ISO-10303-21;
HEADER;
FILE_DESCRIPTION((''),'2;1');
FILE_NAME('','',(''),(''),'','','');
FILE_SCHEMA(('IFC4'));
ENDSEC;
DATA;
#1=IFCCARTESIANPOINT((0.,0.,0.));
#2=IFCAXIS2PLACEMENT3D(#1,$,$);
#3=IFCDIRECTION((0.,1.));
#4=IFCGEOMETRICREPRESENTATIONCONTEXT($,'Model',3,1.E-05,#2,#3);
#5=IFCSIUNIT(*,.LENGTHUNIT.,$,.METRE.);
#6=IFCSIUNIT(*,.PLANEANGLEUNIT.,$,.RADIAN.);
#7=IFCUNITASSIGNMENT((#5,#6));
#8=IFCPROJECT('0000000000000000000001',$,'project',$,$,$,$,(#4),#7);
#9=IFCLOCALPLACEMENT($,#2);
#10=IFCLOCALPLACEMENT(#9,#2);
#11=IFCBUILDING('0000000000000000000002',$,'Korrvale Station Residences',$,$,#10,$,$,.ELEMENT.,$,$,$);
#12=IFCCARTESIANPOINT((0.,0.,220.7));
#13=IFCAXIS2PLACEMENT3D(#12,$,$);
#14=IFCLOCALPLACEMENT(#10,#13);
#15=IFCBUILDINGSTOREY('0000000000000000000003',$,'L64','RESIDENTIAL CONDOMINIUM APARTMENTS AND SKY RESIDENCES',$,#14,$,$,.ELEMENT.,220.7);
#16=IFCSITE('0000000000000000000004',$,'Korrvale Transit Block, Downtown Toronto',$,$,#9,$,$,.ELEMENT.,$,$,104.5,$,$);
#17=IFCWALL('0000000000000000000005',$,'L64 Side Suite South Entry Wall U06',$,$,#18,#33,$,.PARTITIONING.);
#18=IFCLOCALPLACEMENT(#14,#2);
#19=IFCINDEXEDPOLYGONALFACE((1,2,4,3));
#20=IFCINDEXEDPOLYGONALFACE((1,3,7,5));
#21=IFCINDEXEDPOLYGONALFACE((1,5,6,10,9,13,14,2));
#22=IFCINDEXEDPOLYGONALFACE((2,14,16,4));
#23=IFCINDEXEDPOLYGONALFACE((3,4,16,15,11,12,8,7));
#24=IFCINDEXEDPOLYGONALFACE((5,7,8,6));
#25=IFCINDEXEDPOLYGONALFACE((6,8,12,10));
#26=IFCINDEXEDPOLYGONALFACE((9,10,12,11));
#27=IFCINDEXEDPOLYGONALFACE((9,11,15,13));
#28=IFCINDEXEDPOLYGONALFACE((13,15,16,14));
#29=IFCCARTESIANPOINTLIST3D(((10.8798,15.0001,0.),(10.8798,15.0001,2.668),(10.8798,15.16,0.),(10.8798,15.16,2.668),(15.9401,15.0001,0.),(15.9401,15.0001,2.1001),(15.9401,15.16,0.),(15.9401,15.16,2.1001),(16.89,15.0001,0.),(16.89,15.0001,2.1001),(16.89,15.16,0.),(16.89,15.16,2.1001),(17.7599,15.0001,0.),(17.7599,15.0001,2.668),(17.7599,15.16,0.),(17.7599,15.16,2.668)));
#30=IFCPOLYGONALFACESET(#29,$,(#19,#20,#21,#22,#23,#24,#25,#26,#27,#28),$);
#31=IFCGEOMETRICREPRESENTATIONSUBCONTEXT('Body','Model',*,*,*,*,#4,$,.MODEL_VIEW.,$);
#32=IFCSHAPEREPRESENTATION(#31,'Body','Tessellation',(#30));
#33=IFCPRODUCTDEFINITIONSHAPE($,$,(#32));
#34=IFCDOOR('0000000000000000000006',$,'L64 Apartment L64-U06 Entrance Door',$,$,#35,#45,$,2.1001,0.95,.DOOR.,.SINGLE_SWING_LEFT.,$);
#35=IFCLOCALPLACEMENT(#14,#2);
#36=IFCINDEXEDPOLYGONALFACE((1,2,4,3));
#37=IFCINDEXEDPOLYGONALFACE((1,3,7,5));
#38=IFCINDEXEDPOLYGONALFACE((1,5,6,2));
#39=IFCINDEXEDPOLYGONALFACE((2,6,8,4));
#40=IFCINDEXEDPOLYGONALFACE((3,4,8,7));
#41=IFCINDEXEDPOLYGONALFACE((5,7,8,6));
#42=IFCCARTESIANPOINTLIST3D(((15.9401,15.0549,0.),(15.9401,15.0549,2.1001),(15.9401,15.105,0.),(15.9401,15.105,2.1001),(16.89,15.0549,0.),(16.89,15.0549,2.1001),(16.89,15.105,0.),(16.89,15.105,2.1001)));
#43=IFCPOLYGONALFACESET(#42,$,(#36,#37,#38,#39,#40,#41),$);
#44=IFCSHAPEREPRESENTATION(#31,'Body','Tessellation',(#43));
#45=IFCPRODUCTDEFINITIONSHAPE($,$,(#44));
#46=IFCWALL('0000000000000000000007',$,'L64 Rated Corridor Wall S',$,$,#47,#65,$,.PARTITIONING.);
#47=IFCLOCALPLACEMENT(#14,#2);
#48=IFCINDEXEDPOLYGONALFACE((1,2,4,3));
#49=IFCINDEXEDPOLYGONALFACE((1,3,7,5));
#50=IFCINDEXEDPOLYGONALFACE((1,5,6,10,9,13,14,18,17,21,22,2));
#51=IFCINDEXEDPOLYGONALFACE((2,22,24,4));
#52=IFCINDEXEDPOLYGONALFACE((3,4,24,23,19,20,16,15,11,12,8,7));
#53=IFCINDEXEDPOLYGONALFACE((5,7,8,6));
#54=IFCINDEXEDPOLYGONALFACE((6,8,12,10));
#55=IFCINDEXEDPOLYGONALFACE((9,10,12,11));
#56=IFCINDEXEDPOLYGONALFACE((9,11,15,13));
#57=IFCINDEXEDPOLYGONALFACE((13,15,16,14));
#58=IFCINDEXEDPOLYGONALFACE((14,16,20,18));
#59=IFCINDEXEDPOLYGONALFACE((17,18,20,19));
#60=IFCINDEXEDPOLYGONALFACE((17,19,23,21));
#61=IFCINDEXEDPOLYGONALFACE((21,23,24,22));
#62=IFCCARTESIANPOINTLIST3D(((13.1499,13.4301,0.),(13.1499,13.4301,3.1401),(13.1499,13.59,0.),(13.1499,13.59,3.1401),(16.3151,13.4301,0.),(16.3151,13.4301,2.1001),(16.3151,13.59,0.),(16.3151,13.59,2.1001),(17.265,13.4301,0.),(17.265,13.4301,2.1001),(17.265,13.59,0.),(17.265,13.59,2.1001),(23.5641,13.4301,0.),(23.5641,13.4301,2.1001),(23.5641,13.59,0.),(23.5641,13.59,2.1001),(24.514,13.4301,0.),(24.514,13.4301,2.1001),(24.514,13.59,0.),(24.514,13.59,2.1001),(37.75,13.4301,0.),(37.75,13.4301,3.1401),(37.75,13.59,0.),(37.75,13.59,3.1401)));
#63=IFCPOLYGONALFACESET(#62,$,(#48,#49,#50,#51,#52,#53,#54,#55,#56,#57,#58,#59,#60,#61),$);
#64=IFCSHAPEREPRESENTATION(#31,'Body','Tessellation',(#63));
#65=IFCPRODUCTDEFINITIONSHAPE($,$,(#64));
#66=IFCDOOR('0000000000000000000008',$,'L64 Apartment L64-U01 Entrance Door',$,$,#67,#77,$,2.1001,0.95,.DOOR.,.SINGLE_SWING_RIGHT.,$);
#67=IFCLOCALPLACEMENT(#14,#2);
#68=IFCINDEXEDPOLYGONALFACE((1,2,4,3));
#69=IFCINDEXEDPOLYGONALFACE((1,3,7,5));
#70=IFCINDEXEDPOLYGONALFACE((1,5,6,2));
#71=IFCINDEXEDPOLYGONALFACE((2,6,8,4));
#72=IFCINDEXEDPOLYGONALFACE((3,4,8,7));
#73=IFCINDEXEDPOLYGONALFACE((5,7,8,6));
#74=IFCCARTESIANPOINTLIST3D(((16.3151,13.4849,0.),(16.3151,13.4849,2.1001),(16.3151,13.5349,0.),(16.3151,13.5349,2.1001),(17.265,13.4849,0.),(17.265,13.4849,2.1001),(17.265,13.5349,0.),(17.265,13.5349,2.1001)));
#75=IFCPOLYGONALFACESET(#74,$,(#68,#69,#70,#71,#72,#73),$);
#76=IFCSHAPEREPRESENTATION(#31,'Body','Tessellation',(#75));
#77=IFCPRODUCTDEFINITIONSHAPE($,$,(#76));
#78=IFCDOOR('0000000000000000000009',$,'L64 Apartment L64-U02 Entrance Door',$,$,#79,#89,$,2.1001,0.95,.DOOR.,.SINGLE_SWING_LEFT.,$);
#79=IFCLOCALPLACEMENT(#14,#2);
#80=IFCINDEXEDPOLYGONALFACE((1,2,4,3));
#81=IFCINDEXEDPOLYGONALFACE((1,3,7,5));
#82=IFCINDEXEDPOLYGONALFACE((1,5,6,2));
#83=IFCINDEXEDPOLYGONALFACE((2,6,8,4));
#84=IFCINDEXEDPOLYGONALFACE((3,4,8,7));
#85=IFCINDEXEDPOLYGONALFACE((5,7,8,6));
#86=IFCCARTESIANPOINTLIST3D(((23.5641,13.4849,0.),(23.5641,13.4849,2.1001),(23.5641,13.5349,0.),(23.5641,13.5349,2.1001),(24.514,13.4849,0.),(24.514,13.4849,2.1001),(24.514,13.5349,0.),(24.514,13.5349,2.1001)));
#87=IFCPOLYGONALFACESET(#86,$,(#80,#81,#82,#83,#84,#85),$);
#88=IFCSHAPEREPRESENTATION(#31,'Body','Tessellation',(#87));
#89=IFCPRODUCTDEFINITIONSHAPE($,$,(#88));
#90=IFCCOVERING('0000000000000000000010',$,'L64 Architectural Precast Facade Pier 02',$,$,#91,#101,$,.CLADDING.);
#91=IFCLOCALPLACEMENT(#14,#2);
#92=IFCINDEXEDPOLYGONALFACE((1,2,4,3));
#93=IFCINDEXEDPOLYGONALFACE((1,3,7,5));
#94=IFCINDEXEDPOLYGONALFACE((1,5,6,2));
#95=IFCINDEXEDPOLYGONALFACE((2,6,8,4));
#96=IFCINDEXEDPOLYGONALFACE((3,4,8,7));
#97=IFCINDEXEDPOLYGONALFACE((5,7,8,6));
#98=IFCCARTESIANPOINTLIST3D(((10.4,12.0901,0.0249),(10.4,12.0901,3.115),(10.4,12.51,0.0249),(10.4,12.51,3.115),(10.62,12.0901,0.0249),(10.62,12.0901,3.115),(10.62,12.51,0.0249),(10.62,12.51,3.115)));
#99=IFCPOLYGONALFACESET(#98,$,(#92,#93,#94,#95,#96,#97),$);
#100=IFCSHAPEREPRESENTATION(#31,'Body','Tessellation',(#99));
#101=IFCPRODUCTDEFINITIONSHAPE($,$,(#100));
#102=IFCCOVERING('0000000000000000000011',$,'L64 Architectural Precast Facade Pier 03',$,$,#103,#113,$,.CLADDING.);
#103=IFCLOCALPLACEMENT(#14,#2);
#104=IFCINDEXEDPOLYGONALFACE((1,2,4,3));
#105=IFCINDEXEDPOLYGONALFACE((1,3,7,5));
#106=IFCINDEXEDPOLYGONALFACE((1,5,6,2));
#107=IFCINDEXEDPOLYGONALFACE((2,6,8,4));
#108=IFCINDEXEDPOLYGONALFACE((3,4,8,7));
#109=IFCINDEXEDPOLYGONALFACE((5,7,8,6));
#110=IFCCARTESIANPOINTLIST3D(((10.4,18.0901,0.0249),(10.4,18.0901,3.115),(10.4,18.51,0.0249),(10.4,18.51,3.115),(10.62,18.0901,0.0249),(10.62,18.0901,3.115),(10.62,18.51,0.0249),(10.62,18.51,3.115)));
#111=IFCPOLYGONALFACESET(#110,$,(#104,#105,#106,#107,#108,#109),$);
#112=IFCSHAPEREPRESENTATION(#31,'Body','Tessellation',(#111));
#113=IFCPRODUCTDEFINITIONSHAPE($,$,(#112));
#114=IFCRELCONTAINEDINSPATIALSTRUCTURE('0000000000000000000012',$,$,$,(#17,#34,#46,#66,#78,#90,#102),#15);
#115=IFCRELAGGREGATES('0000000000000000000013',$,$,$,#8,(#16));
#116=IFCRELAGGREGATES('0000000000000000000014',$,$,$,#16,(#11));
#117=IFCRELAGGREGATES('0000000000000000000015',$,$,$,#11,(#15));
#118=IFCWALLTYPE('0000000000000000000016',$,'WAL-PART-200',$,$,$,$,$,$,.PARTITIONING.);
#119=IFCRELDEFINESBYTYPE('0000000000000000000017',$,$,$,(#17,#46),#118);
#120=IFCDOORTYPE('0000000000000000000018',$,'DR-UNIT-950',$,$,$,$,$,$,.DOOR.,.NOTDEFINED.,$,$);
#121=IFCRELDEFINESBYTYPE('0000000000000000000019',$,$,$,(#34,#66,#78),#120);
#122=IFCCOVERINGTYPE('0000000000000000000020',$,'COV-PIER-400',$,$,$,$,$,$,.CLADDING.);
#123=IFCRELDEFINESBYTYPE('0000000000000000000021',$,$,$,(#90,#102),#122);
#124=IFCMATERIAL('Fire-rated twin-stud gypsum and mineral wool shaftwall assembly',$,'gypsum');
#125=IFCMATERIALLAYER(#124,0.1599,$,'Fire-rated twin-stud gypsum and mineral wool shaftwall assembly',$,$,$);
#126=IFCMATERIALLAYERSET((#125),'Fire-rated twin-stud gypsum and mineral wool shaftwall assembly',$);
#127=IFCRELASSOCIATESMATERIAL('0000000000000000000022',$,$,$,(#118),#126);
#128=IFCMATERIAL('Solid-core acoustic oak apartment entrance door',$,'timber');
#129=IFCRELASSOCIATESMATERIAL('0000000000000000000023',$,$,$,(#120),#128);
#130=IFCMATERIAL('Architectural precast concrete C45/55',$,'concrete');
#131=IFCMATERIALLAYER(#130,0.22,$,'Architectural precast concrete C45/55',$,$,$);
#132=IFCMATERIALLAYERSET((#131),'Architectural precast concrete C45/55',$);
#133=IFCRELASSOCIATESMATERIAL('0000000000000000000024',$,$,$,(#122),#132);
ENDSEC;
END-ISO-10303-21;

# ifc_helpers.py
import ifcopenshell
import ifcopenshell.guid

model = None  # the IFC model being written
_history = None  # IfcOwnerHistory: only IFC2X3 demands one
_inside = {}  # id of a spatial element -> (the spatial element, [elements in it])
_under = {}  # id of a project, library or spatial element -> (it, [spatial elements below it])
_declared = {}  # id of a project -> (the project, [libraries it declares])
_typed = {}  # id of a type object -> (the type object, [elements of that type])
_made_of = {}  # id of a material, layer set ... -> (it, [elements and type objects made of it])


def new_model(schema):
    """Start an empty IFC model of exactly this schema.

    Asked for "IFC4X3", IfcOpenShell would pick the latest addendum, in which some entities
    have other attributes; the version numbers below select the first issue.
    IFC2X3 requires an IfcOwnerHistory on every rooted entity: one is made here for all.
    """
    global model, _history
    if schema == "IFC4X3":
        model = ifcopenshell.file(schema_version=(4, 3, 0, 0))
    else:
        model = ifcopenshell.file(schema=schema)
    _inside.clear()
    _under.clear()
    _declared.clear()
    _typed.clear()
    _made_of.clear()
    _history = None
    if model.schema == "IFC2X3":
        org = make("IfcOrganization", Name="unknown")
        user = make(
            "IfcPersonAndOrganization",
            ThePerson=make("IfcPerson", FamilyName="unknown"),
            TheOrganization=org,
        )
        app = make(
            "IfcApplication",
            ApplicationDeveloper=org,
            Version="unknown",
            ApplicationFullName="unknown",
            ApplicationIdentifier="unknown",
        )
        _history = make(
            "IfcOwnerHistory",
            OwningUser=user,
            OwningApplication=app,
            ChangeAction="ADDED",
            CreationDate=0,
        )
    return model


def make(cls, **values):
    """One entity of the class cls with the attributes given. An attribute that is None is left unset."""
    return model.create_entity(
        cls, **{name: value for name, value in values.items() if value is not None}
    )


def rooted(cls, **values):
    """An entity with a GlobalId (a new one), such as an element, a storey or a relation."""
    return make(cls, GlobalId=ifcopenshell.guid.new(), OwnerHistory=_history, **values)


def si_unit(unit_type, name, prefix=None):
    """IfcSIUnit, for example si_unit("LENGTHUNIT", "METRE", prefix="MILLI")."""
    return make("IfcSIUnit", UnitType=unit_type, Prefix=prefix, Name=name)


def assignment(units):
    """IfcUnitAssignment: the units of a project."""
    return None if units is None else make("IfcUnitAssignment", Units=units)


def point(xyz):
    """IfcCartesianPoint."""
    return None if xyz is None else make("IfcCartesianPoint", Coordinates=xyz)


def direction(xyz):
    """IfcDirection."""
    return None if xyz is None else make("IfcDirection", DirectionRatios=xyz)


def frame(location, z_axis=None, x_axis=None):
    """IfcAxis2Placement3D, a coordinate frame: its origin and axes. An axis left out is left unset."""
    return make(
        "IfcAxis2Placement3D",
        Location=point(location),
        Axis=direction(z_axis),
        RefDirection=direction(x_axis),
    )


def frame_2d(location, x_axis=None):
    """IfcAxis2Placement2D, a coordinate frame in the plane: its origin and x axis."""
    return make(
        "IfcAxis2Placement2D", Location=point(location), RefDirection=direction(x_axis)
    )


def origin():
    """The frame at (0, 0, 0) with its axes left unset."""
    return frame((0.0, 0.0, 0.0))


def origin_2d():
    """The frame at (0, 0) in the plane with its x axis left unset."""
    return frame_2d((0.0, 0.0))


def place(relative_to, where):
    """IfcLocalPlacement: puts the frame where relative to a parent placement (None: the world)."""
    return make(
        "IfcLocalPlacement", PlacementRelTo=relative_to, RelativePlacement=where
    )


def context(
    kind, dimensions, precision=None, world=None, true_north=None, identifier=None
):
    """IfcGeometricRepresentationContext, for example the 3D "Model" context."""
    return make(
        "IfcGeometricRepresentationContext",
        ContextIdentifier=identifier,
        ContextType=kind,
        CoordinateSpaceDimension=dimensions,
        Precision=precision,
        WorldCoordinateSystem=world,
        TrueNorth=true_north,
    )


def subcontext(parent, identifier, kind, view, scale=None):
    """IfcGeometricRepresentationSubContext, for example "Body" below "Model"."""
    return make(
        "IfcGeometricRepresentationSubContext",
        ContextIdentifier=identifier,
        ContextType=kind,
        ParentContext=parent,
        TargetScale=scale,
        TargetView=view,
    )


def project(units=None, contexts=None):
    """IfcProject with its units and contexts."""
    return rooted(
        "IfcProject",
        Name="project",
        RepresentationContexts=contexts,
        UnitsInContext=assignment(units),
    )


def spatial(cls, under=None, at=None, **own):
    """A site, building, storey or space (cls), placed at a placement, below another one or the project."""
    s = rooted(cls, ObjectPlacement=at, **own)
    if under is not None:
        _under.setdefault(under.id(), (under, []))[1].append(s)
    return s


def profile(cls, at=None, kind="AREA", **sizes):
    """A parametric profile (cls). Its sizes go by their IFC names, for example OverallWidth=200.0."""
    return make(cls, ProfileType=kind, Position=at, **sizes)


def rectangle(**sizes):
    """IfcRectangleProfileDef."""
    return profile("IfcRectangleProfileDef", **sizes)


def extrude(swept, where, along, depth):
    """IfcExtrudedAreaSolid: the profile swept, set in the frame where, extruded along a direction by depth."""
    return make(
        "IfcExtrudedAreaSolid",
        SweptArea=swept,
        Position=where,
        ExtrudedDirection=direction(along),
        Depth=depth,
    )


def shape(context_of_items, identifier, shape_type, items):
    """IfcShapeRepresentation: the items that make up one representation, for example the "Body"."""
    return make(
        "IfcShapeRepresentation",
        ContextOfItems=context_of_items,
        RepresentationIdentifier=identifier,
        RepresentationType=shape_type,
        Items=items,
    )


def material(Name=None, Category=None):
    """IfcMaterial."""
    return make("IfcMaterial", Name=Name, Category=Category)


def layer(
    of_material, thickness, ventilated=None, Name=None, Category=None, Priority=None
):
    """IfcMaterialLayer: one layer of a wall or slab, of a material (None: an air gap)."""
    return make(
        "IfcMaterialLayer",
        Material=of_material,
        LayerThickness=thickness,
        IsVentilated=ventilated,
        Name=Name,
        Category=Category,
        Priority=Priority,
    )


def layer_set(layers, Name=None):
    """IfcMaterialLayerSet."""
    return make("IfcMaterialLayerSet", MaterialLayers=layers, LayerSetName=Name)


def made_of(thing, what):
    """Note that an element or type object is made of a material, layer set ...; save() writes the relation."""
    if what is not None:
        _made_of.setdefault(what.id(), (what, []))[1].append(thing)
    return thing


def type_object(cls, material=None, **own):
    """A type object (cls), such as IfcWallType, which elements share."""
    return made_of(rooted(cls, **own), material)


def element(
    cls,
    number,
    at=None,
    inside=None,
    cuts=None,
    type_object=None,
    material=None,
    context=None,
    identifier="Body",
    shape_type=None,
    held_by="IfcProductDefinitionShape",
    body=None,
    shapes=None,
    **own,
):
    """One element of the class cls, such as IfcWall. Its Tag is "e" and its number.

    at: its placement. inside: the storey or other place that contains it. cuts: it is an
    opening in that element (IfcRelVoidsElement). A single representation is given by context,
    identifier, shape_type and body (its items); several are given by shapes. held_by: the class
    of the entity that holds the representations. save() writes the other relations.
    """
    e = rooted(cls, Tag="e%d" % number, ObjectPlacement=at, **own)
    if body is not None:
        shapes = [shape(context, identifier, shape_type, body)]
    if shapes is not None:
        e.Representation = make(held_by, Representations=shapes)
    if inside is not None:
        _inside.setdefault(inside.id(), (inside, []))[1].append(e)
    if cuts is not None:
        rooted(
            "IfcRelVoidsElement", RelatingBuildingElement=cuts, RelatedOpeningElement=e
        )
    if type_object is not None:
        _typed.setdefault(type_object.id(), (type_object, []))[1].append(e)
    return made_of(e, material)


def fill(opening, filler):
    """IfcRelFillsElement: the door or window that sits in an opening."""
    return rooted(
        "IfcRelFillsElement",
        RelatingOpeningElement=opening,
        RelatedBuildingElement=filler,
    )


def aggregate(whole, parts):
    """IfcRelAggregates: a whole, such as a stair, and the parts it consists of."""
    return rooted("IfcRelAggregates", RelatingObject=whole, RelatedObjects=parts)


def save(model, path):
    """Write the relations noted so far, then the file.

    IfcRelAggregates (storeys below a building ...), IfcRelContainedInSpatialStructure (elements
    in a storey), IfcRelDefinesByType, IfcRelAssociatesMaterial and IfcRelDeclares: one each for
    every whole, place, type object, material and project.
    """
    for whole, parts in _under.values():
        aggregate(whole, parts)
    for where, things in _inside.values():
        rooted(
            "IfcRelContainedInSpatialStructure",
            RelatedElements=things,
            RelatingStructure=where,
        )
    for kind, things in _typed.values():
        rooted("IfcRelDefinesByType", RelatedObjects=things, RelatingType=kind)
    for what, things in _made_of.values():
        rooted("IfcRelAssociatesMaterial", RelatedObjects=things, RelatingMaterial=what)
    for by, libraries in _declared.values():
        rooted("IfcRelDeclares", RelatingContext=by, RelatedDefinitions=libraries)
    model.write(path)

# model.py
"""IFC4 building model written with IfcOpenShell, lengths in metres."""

from ifc_helpers import new_model, si_unit, direction, frame, frame_2d, origin, origin_2d, place, context, subcontext, project, spatial, rectangle, extrude, material, layer, layer_set, type_object, element, fill, save


model = new_model("IFC4")

# Units and contexts
model_context = context("Model", 3, precision=1e-05, world=origin(), true_north=direction((0.0, 1.0)))
body_context = subcontext(model_context, "Body", "Model", "MODEL_VIEW")
ifc_project = project(units=[si_unit("LENGTHUNIT", "METRE"), si_unit("PLANEANGLEUNIT", "RADIAN")], contexts=[model_context])

# Site, building, storey
site_placement = place(None, origin())
site = spatial("IfcSite", under=ifc_project, at=site_placement, Name="Korrvale Transit Block, Downtown Toronto", CompositionType="ELEMENT", RefElevation=104.5)
building_placement = place(site_placement, origin())
building = spatial("IfcBuilding", under=site, at=building_placement, Name="Korrvale Station Residences", CompositionType="ELEMENT")
storey_placement = place(building_placement, frame((0.0, 0.0, 220.7)))
storey = spatial("IfcBuildingStorey", under=building, at=storey_placement, Name="L64", Description="RESIDENTIAL CONDOMINIUM APARTMENTS AND SKY RESIDENCES", CompositionType="ELEMENT", Elevation=220.7)

# Shared definitions
ifc_material_1 = material(Name="Fire-rated twin-stud gypsum and mineral wool shaftwall assembly", Category="gypsum")
ifc_layer_1 = layer(ifc_material_1, 0.1599, Name="Fire-rated twin-stud gypsum and mineral wool shaftwall assembly")
ifc_layer_set_1 = layer_set([ifc_layer_1], Name="Fire-rated twin-stud gypsum and mineral wool shaftwall assembly")
wall_type_1 = type_object("IfcWallType", Name="WAL-PART-200", PredefinedType="PARTITIONING", material=ifc_layer_set_1)

# Wall, opening, door
wall_1_placement = place(storey_placement, frame((10.8799, 15.0801, 0.0), z_axis=(0.0, 0.0, 1.0), x_axis=(1.0, 0.0, 0.0)))
wall_1 = element("IfcWall", 1, at=wall_1_placement, inside=storey, type_object=wall_type_1, Name="L64 Side Suite South Entry Wall U06", PredefinedType="PARTITIONING", context=body_context, shape_type="SweptSolid", body=[
    extrude(rectangle(XDim=6.8801, YDim=0.1599, at=frame_2d((3.4399, 0.0))), origin(), (0.0, 0.0, 1.0), 2.668),
])
opening_1_placement = place(wall_1_placement, frame((5.0601, 0.0, 0.0)))
opening_1 = element("IfcOpeningElement", 2, at=opening_1_placement, cuts=wall_1, PredefinedType="OPENING", context=body_context, shape_type="SweptSolid", body=[
    extrude(rectangle(XDim=0.95, YDim=2.1001, at=frame_2d((0.4751, 1.05))), frame((0.0, 0.0898, 0.0), z_axis=(0.0, -1.0, 0.0), x_axis=(1.0, 0.0, 0.0)), (0.0, 0.0, 1.0), 0.1799),
])
ifc_material_2 = material(Name="Solid-core acoustic oak apartment entrance door", Category="timber")
door_type_1 = type_object("IfcDoorType", Name="DR-UNIT-950", OperationType="NOTDEFINED", PredefinedType="DOOR", material=ifc_material_2)
door_1_placement = place(opening_1_placement, origin())
door_1 = element("IfcDoor", 3, at=door_1_placement, inside=storey, type_object=door_type_1, Name="L64 Apartment L64-U06 Entrance Door", OperationType="SINGLE_SWING_LEFT", OverallHeight=2.1001, OverallWidth=0.95, PredefinedType="DOOR", context=body_context, shape_type="SweptSolid", body=[
    extrude(rectangle(XDim=0.95, YDim=2.1001, at=frame_2d((0.4751, 1.05))), frame((0.0, 0.0249, 0.0), z_axis=(0.0, -1.0, 0.0), x_axis=(1.0, 0.0, 0.0)), (0.0, 0.0, 1.0), 0.05),
])
fill(opening_1, door_1)

# Wall, openings, doors
wall_2_placement = place(storey_placement, frame((13.1499, 13.51, 0.0), z_axis=(0.0, 0.0, 1.0), x_axis=(1.0, 0.0, 0.0)))
wall_2 = element("IfcWall", 4, at=wall_2_placement, inside=storey, type_object=wall_type_1, Name="L64 Rated Corridor Wall S", PredefinedType="PARTITIONING", context=body_context, shape_type="SweptSolid", body=[
    extrude(rectangle(XDim=24.6001, YDim=0.1599, at=frame_2d((12.3, 0.0))), origin(), (0.0, 0.0, 1.0), 3.1401),
])
opening_2_placement = place(wall_2_placement, frame((3.165, 0.0, 0.0)))
opening_2 = element("IfcOpeningElement", 5, at=opening_2_placement, cuts=wall_2, PredefinedType="OPENING", context=body_context, shape_type="SweptSolid", body=[
    extrude(rectangle(XDim=0.95, YDim=2.1001, at=frame_2d((0.4751, 1.05))), frame((0.0, 0.0898, 0.0), z_axis=(0.0, -1.0, 0.0), x_axis=(1.0, 0.0, 0.0)), (0.0, 0.0, 1.0), 0.1799),
])
opening_3_placement = place(wall_2_placement, frame((10.4141, 0.0, 0.0)))
opening_3 = element("IfcOpeningElement", 6, at=opening_3_placement, cuts=wall_2, PredefinedType="OPENING", context=body_context, shape_type="SweptSolid", body=[
    extrude(rectangle(XDim=0.95, YDim=2.1001, at=frame_2d((0.4751, 1.05))), frame((0.0, 0.0898, 0.0), z_axis=(0.0, -1.0, 0.0), x_axis=(1.0, 0.0, 0.0)), (0.0, 0.0, 1.0), 0.1799),
])
door_2_placement = place(opening_2_placement, origin())
door_2 = element("IfcDoor", 7, at=door_2_placement, inside=storey, type_object=door_type_1, Name="L64 Apartment L64-U01 Entrance Door", OperationType="SINGLE_SWING_RIGHT", OverallHeight=2.1001, OverallWidth=0.95, PredefinedType="DOOR", context=body_context, shape_type="SweptSolid", body=[
    extrude(rectangle(XDim=0.95, YDim=2.1001, at=frame_2d((0.4751, 1.05))), frame((0.0, 0.0249, 0.0), z_axis=(0.0, -1.0, 0.0), x_axis=(1.0, 0.0, 0.0)), (0.0, 0.0, 1.0), 0.05),
])
fill(opening_2, door_2)
door_3_placement = place(opening_3_placement, origin())
door_3 = element("IfcDoor", 8, at=door_3_placement, inside=storey, type_object=door_type_1, Name="L64 Apartment L64-U02 Entrance Door", OperationType="SINGLE_SWING_LEFT", OverallHeight=2.1001, OverallWidth=0.95, PredefinedType="DOOR", context=body_context, shape_type="SweptSolid", body=[
    extrude(rectangle(XDim=0.95, YDim=2.1001, at=frame_2d((0.4751, 1.05))), frame((0.0, 0.0249, 0.0), z_axis=(0.0, -1.0, 0.0), x_axis=(1.0, 0.0, 0.0)), (0.0, 0.0, 1.0), 0.05),
])
fill(opening_3, door_3)

# Coverings
ifc_material_3 = material(Name="Architectural precast concrete C45/55", Category="concrete")
ifc_layer_2 = layer(ifc_material_3, 0.22, Name="Architectural precast concrete C45/55")
ifc_layer_set_2 = layer_set([ifc_layer_2], Name="Architectural precast concrete C45/55")
covering_type = type_object("IfcCoveringType", Name="COV-PIER-400", PredefinedType="CLADDING", material=ifc_layer_set_2)
for number, where, z_axis, x_axis, name in (
    (9, (10.51, 12.3, 0.0249), (0.0, 0.0, 1.0), (0.0, 1.0, 0.0), "L64 Architectural Precast Facade Pier 02"),
    (10, (10.51, 18.3, 0.0249), (0.0, 0.0, 1.0), (0.0, 1.0, 0.0), "L64 Architectural Precast Facade Pier 03"),
):
    element("IfcCovering", number, at=place(storey_placement, frame(where, z_axis=z_axis, x_axis=x_axis)), inside=storey, type_object=covering_type, Name=name, PredefinedType="CLADDING", context=body_context, shape_type="SweptSolid", body=[
        extrude(rectangle(XDim=0.4199, YDim=0.22, at=origin_2d()), origin(), (0.0, 0.0, 1.0), 3.0901),
    ])

save(model, "model.ifc")
